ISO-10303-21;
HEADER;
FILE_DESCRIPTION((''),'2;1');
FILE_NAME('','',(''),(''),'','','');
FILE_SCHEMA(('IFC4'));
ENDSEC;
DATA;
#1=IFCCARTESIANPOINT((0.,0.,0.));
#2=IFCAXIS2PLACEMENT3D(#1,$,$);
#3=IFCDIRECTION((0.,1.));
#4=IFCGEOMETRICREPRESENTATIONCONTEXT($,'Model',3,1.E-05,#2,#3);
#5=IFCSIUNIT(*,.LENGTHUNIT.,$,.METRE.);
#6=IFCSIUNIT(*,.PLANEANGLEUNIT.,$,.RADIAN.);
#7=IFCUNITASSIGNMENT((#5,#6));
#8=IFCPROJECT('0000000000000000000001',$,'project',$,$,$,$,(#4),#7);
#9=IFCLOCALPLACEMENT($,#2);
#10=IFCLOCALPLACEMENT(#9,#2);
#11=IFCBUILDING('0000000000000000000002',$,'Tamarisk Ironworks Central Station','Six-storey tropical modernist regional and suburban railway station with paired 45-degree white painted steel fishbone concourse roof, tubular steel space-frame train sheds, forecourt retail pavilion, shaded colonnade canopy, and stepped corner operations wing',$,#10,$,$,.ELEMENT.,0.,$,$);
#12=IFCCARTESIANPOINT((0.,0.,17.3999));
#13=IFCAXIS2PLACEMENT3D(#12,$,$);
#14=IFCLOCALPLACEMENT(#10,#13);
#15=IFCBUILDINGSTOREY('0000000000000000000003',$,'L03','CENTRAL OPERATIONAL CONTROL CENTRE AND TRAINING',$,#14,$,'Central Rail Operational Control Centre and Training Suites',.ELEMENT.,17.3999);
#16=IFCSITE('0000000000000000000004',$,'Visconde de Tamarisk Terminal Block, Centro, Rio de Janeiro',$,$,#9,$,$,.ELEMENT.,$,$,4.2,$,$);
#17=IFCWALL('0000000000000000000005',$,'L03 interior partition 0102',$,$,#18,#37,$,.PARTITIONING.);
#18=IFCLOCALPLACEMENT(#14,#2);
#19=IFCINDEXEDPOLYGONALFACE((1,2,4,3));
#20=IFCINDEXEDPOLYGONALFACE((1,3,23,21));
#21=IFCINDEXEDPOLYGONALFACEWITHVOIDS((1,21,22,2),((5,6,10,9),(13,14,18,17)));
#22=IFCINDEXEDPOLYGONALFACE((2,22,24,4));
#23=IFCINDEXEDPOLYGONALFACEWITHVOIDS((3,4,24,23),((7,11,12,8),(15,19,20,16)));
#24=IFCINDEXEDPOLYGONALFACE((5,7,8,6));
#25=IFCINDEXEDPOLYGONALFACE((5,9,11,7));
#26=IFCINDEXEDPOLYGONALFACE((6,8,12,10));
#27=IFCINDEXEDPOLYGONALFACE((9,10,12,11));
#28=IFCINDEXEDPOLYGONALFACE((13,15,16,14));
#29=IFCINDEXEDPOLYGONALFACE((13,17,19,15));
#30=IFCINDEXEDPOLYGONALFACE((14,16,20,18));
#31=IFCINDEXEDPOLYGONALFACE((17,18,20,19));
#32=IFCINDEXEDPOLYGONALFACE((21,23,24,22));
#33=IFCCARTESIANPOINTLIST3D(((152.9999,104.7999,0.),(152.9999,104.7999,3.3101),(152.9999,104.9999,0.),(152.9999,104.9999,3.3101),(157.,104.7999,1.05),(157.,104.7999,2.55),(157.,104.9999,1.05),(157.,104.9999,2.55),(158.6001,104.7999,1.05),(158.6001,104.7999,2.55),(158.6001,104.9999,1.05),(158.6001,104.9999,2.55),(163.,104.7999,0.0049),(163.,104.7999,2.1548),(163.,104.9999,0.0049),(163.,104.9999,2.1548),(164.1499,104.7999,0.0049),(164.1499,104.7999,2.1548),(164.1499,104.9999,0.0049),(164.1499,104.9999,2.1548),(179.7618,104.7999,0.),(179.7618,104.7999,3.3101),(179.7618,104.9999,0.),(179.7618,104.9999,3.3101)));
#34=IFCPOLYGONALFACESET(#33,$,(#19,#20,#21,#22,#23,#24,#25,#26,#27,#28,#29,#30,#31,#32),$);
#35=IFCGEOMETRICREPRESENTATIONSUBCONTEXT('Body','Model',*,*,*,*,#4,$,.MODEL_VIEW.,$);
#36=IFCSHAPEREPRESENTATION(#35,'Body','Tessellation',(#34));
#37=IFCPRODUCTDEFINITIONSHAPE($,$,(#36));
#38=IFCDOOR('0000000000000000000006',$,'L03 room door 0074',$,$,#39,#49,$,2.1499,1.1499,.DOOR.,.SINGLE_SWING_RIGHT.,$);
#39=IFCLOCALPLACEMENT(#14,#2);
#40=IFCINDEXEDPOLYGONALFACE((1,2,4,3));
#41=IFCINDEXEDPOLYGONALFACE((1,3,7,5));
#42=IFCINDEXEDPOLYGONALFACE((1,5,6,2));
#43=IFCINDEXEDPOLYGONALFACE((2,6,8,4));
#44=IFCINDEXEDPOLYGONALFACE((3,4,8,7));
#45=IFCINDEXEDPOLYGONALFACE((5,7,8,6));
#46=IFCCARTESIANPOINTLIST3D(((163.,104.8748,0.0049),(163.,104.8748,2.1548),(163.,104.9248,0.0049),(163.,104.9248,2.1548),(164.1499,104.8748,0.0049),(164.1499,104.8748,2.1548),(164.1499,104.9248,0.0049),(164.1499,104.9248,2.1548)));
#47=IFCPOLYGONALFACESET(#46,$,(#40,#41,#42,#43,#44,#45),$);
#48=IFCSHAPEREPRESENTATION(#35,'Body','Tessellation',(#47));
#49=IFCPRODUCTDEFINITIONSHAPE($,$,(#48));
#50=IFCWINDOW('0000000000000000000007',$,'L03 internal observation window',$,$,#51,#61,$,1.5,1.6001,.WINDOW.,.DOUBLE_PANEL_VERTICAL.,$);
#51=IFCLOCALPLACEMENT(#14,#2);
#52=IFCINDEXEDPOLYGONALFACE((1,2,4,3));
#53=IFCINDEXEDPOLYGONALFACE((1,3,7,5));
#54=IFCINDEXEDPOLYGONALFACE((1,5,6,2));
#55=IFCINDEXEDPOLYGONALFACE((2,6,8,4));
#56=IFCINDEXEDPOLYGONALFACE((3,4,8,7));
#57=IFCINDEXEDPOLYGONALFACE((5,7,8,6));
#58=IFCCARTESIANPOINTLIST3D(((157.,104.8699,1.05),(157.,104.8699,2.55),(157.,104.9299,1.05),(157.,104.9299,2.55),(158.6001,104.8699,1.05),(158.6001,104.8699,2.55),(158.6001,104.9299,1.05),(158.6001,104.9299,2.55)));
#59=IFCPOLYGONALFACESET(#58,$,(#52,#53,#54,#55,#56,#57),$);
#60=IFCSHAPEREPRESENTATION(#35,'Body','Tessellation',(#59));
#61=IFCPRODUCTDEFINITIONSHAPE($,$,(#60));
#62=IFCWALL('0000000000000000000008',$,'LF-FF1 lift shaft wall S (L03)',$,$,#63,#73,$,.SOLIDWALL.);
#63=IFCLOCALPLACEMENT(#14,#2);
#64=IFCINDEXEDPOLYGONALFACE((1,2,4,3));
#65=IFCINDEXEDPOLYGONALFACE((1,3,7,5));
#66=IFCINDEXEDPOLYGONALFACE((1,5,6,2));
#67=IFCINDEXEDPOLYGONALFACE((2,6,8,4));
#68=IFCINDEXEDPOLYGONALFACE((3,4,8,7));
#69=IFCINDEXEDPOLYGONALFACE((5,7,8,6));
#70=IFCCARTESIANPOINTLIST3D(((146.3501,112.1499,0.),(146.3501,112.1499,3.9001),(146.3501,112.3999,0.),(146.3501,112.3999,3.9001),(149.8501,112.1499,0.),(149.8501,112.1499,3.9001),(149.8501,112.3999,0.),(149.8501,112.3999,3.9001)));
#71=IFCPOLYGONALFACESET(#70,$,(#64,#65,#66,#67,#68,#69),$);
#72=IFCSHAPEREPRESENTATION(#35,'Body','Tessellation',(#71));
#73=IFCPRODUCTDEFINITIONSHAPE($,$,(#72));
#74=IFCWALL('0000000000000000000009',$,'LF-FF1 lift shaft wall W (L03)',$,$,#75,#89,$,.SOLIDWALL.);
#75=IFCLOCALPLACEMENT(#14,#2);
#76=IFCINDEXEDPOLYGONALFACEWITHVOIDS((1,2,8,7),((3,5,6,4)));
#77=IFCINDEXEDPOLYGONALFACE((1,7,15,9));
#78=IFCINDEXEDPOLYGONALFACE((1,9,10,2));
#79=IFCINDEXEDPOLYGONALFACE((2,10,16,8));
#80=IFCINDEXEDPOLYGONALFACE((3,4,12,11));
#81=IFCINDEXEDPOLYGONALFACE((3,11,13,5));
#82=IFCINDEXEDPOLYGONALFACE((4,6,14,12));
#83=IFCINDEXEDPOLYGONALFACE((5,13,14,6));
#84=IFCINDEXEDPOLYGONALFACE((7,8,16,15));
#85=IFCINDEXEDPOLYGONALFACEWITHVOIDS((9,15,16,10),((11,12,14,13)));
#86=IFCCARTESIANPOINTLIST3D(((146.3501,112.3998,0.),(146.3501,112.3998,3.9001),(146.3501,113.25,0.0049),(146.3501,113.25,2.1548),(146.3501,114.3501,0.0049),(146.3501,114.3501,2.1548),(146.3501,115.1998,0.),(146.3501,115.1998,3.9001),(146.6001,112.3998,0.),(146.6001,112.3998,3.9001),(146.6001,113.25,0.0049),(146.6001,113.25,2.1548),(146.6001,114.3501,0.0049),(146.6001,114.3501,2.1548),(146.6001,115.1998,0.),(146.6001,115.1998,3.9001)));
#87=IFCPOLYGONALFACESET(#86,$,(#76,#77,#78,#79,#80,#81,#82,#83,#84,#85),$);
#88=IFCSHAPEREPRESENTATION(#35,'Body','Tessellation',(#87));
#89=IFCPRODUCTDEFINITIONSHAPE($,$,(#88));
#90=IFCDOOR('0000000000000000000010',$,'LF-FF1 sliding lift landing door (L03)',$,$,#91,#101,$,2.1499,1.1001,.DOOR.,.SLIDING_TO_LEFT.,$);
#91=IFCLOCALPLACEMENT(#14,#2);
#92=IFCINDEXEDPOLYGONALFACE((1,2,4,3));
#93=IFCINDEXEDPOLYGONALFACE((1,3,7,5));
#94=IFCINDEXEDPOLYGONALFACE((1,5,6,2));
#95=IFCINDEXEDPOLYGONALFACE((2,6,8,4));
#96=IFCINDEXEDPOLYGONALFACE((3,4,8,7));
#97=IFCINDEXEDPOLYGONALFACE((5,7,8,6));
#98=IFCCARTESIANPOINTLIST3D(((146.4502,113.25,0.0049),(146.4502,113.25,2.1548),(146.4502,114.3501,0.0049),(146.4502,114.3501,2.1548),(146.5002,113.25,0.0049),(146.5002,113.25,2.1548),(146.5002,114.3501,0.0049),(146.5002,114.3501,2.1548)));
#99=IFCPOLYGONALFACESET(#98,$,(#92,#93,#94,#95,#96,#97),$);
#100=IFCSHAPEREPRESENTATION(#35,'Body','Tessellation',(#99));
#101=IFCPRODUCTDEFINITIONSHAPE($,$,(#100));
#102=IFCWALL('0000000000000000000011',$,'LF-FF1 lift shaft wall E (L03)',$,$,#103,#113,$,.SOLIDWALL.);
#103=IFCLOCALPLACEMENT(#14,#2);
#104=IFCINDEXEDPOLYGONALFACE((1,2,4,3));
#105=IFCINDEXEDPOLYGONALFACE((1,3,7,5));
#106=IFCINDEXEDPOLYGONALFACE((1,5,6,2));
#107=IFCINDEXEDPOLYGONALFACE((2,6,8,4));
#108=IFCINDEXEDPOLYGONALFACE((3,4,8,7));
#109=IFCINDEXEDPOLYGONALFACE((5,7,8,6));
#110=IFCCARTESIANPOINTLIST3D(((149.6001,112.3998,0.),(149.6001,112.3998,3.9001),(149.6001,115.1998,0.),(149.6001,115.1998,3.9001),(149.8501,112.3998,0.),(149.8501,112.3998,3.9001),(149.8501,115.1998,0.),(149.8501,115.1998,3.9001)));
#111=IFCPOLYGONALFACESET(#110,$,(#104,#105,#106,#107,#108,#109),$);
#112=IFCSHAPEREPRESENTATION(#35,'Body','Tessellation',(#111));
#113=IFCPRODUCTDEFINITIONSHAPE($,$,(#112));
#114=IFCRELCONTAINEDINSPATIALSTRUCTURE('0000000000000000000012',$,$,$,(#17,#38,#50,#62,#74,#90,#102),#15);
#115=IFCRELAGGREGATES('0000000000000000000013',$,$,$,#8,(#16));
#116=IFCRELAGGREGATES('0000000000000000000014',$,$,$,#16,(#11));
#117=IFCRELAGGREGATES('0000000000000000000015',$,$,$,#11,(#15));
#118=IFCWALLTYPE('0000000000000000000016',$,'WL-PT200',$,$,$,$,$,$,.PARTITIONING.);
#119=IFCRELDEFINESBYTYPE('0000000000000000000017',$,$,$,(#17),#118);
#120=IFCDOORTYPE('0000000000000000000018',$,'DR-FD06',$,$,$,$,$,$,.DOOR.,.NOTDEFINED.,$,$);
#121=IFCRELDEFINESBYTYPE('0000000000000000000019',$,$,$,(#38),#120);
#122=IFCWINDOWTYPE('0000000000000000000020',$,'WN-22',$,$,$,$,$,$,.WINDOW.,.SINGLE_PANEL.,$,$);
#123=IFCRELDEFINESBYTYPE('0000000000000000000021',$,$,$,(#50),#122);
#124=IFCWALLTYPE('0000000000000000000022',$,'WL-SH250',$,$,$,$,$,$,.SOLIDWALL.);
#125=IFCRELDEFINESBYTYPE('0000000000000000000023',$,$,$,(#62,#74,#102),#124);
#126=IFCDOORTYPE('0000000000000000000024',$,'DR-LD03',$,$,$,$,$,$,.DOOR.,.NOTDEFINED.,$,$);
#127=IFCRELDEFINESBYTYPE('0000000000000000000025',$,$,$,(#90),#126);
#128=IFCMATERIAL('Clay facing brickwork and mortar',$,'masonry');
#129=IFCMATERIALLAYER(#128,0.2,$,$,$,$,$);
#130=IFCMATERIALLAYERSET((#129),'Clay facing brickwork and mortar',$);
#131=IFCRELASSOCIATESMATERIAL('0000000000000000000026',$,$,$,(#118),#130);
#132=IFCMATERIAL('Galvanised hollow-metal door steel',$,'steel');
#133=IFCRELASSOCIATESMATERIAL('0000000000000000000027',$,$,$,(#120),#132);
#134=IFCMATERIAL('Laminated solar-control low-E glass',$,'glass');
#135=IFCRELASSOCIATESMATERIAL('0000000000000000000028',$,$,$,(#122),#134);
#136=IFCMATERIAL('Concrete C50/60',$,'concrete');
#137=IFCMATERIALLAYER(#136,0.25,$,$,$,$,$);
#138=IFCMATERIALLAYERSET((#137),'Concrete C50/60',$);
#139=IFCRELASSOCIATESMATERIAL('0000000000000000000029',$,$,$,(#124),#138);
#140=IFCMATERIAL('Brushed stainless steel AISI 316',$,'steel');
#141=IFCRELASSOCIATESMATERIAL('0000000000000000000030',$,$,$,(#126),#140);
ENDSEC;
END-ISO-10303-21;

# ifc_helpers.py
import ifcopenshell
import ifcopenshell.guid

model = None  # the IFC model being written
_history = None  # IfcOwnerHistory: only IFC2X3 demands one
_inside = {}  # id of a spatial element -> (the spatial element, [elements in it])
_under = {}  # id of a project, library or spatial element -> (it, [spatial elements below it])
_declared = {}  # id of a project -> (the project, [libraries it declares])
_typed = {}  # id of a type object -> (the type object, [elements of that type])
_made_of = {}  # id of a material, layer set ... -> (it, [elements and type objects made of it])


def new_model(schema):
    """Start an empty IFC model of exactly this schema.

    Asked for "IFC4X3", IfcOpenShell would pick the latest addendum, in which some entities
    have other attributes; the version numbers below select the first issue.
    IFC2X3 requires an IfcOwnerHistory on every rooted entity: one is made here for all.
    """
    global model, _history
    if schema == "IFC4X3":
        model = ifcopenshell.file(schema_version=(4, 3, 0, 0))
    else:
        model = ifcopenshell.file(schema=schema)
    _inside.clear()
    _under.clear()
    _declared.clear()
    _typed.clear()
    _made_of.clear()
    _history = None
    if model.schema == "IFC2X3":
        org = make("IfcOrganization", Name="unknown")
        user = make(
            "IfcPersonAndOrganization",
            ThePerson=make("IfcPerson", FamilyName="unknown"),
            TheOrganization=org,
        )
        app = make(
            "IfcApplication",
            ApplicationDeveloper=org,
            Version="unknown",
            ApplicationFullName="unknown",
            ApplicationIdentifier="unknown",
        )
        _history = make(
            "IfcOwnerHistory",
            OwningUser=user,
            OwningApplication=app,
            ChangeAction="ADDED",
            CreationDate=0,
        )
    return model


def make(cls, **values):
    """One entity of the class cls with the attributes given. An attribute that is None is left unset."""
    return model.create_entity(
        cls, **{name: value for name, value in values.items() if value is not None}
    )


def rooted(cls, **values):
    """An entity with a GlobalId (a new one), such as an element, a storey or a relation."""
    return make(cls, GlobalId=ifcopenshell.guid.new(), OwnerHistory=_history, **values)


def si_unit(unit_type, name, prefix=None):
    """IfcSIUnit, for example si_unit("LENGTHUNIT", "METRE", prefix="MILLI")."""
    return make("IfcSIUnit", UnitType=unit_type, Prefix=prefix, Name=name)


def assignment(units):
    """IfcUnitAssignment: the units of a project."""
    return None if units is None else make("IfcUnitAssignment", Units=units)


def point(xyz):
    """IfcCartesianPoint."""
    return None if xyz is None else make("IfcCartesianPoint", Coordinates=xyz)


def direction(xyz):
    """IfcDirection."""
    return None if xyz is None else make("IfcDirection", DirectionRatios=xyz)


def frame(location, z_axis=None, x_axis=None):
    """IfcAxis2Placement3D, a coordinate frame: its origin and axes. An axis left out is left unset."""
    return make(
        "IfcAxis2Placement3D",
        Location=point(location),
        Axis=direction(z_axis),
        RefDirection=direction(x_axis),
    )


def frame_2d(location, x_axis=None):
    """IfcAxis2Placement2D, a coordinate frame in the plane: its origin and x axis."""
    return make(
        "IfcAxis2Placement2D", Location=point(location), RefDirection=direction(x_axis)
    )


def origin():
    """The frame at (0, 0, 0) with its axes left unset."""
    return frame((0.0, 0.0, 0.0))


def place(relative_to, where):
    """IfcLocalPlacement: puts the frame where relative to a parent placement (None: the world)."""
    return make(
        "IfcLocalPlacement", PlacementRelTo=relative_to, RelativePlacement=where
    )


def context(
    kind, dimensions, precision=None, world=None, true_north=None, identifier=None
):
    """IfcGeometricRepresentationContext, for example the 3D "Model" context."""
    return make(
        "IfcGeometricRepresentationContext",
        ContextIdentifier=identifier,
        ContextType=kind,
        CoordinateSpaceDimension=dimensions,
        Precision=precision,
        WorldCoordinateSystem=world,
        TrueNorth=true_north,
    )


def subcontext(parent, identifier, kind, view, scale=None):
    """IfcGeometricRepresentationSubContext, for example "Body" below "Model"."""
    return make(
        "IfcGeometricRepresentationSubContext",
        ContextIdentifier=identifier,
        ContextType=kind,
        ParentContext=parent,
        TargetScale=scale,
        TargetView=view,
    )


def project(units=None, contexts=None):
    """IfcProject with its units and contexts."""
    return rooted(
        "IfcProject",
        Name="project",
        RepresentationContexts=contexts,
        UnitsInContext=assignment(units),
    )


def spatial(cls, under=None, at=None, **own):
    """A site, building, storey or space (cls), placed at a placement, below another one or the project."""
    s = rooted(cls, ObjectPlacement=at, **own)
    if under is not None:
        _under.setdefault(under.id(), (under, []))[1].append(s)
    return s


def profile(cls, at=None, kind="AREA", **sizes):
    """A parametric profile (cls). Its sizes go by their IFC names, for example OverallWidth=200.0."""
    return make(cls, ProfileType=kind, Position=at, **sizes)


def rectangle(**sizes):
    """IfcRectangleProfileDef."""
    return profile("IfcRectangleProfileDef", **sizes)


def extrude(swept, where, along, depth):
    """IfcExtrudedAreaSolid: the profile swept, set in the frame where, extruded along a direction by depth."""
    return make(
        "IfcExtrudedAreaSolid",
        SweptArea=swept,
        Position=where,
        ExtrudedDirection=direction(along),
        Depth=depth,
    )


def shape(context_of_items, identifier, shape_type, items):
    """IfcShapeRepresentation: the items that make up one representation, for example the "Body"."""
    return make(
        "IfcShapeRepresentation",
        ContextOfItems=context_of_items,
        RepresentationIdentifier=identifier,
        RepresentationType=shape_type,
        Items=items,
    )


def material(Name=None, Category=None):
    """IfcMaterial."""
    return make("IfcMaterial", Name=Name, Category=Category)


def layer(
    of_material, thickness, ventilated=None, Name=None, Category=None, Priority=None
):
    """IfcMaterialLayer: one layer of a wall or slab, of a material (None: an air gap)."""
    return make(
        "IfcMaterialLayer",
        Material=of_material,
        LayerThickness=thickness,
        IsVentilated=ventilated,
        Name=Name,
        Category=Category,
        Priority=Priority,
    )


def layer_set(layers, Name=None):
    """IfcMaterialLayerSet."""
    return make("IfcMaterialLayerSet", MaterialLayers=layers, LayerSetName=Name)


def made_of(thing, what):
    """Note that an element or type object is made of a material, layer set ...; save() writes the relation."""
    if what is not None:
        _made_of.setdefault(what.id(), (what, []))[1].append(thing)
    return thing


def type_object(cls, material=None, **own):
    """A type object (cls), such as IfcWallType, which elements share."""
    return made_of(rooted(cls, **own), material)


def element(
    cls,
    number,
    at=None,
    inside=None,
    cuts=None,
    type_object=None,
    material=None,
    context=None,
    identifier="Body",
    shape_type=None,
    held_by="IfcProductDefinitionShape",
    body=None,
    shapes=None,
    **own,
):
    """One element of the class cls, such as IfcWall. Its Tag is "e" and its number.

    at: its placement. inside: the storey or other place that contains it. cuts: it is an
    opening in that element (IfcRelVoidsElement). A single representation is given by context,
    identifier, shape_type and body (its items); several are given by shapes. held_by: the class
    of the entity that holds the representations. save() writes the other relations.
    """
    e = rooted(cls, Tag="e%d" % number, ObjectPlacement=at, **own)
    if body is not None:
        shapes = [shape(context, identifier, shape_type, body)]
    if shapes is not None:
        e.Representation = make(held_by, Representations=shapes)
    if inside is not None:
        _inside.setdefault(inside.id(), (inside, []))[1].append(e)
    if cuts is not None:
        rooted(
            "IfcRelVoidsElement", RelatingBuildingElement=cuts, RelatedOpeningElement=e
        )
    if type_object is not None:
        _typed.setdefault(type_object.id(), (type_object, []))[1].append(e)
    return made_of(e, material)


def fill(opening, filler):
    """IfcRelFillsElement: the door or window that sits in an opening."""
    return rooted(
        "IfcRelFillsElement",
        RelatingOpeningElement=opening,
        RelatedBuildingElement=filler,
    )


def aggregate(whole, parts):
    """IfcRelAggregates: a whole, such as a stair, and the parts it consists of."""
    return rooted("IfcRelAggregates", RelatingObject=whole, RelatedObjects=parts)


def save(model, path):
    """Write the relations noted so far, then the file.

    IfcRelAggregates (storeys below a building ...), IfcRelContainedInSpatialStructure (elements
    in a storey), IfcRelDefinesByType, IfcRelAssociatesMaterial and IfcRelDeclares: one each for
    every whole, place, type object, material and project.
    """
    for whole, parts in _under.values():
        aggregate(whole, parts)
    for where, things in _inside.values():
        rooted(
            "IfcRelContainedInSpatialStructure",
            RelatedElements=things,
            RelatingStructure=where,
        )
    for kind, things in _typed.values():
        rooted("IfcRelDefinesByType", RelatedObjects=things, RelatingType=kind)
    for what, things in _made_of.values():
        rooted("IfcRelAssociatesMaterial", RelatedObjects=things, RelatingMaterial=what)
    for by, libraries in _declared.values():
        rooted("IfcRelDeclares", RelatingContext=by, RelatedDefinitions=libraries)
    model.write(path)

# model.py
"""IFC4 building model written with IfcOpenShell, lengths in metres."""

from ifc_helpers import new_model, si_unit, direction, frame, frame_2d, origin, place, context, subcontext, project, spatial, rectangle, extrude, material, layer, layer_set, type_object, element, fill, save


model = new_model("IFC4")

# Units and contexts
model_context = context("Model", 3, precision=1e-05, world=origin(), true_north=direction((0.0, 1.0)))
body_context = subcontext(model_context, "Body", "Model", "MODEL_VIEW")
ifc_project = project(units=[si_unit("LENGTHUNIT", "METRE"), si_unit("PLANEANGLEUNIT", "RADIAN")], contexts=[model_context])

# Site, building, storey
site_placement = place(None, origin())
site = spatial("IfcSite", under=ifc_project, at=site_placement, Name="Visconde de Tamarisk Terminal Block, Centro, Rio de Janeiro", CompositionType="ELEMENT", RefElevation=4.2)
building_placement = place(site_placement, origin())
building = spatial("IfcBuilding", under=site, at=building_placement, Name="Tamarisk Ironworks Central Station", Description="Six-storey tropical modernist regional and suburban railway station with paired 45-degree white painted steel fishbone concourse roof, tubular steel space-frame train sheds, forecourt retail pavilion, shaded colonnade canopy, and stepped corner operations wing", CompositionType="ELEMENT", ElevationOfRefHeight=0.0)
storey_placement = place(building_placement, frame((0.0, 0.0, 17.3999)))
storey = spatial("IfcBuildingStorey", under=building, at=storey_placement, Name="L03", Description="CENTRAL OPERATIONAL CONTROL CENTRE AND TRAINING", LongName="Central Rail Operational Control Centre and Training Suites", CompositionType="ELEMENT", Elevation=17.3999)

# Shared definitions
ifc_material_1 = material(Name="Clay facing brickwork and mortar", Category="masonry")
ifc_layer_1 = layer(ifc_material_1, 0.2)
ifc_layer_set_1 = layer_set([ifc_layer_1], Name="Clay facing brickwork and mortar")
wall_type_1 = type_object("IfcWallType", Name="WL-PT200", PredefinedType="PARTITIONING", material=ifc_layer_set_1)
ifc_material_2 = material(Name="Galvanised hollow-metal door steel", Category="steel")

# Wall, openings, door, window
wall_1_placement = place(storey_placement, frame((153.0, 104.8999, 0.0), z_axis=(0.0, 0.0, 1.0), x_axis=(1.0, 0.0, 0.0)))
wall_1 = element("IfcWall", 1, at=wall_1_placement, inside=storey, type_object=wall_type_1, Name="L03 interior partition 0102", PredefinedType="PARTITIONING", context=body_context, shape_type="SweptSolid", body=[
    extrude(rectangle(XDim=26.762, YDim=0.2, at=frame_2d((13.3809, 0.0))), origin(), (0.0, 0.0, 1.0), 3.3101),
])
opening_1_placement = place(wall_1_placement, frame((10.0, 0.0, 0.0049)))
opening_1 = element("IfcOpeningElement", 2, at=opening_1_placement, cuts=wall_1, PredefinedType="OPENING", context=body_context, shape_type="SweptSolid", body=[
    extrude(rectangle(XDim=1.1499, YDim=2.1499, at=frame_2d((0.575, 1.075))), frame((0.0, 0.1118, 0.0), z_axis=(0.0, -1.0, 0.0), x_axis=(1.0, 0.0, 0.0)), (0.0, 0.0, 1.0), 0.2239),
])
opening_2_placement = place(wall_1_placement, frame((4.0, 0.0, 1.05)))
opening_2 = element("IfcOpeningElement", 3, at=opening_2_placement, cuts=wall_1, PredefinedType="OPENING", context=body_context, shape_type="SweptSolid", body=[
    extrude(rectangle(XDim=1.6001, YDim=1.5, at=frame_2d((0.8, 0.75))), frame((0.0, 0.1118, 0.0), z_axis=(0.0, -1.0, 0.0), x_axis=(1.0, 0.0, 0.0)), (0.0, 0.0, 1.0), 0.2239),
])
door_type_1 = type_object("IfcDoorType", Name="DR-FD06", OperationType="NOTDEFINED", PredefinedType="DOOR", material=ifc_material_2)
door_1_placement = place(opening_1_placement, origin())
door_1 = element("IfcDoor", 4, at=door_1_placement, inside=storey, type_object=door_type_1, Name="L03 room door 0074", OperationType="SINGLE_SWING_RIGHT", OverallHeight=2.1499, OverallWidth=1.1499, PredefinedType="DOOR", context=body_context, shape_type="SweptSolid", body=[
    extrude(rectangle(XDim=1.1499, YDim=2.1499, at=frame_2d((0.575, 1.075))), frame((0.0, 0.0249, 0.0), z_axis=(0.0, -1.0, 0.0), x_axis=(1.0, 0.0, 0.0)), (0.0, 0.0, 1.0), 0.05),
])
fill(opening_1, door_1)
ifc_material_3 = material(Name="Laminated solar-control low-E glass", Category="glass")
window_type = type_object("IfcWindowType", Name="WN-22", PartitioningType="SINGLE_PANEL", PredefinedType="WINDOW", material=ifc_material_3)
window_placement = place(opening_2_placement, origin())
window = element("IfcWindow", 5, at=window_placement, inside=storey, type_object=window_type, Name="L03 internal observation window", OverallHeight=1.5, OverallWidth=1.6001, PartitioningType="DOUBLE_PANEL_VERTICAL", PredefinedType="WINDOW", context=body_context, shape_type="SweptSolid", body=[
    extrude(rectangle(XDim=1.6001, YDim=1.5, at=frame_2d((0.8, 0.75))), frame((0.0, 0.03, 0.0), z_axis=(0.0, -1.0, 0.0), x_axis=(1.0, 0.0, 0.0)), (0.0, 0.0, 1.0), 0.0601),
])
fill(opening_2, window)

# Wall
ifc_material_4 = material(Name="Concrete C50/60", Category="concrete")
ifc_layer_2 = layer(ifc_material_4, 0.25)
ifc_layer_set_2 = layer_set([ifc_layer_2], Name="Concrete C50/60")
wall_type_2 = type_object("IfcWallType", Name="WL-SH250", PredefinedType="SOLIDWALL", material=ifc_layer_set_2)
wall_2_placement = place(storey_placement, frame((146.3501, 112.2749, 0.0), z_axis=(0.0, 0.0, 1.0), x_axis=(1.0, 0.0, 0.0)))
element("IfcWall", 6, at=wall_2_placement, inside=storey, type_object=wall_type_2, Name="LF-FF1 lift shaft wall S (L03)", PredefinedType="SOLIDWALL", context=body_context, shape_type="SweptSolid", body=[
    extrude(rectangle(XDim=3.5, YDim=0.25, at=frame_2d((1.75, 0.0))), origin(), (0.0, 0.0, 1.0), 3.9001),
])

# Wall, opening, door
wall_3_placement = place(storey_placement, frame((146.4751, 112.3999, 0.0), z_axis=(0.0, 0.0, 1.0), x_axis=(0.0, 1.0, 0.0)))
wall_3 = element("IfcWall", 7, at=wall_3_placement, inside=storey, type_object=wall_type_2, Name="LF-FF1 lift shaft wall W (L03)", PredefinedType="SOLIDWALL", context=body_context, shape_type="SweptSolid", body=[
    extrude(rectangle(XDim=2.8, YDim=0.25, at=frame_2d((1.3999, 0.0))), origin(), (0.0, 0.0, 1.0), 3.9001),
])
opening_3_placement = place(wall_3_placement, frame((0.8501, 0.0, 0.0049)))
opening_3 = element("IfcOpeningElement", 8, at=opening_3_placement, cuts=wall_3, PredefinedType="OPENING", context=body_context, shape_type="SweptSolid", body=[
    extrude(rectangle(XDim=1.1001, YDim=2.1499, at=frame_2d((0.55, 1.075))), frame((0.0, 0.137, 0.0), z_axis=(0.0, -1.0, 0.0), x_axis=(1.0, 0.0, 0.0)), (0.0, 0.0, 1.0), 0.2739),
])
ifc_material_5 = material(Name="Brushed stainless steel AISI 316", Category="steel")
door_type_2 = type_object("IfcDoorType", Name="DR-LD03", OperationType="NOTDEFINED", PredefinedType="DOOR", material=ifc_material_5)
door_2_placement = place(opening_3_placement, origin())
door_2 = element("IfcDoor", 9, at=door_2_placement, inside=storey, type_object=door_type_2, Name="LF-FF1 sliding lift landing door (L03)", OperationType="SLIDING_TO_LEFT", OverallHeight=2.1499, OverallWidth=1.1001, PredefinedType="DOOR", context=body_context, shape_type="SweptSolid", body=[
    extrude(rectangle(XDim=1.1001, YDim=2.1499, at=frame_2d((0.55, 1.075))), frame((0.0, 0.0249, 0.0), z_axis=(0.0, -1.0, 0.0), x_axis=(1.0, 0.0, 0.0)), (0.0, 0.0, 1.0), 0.05),
])
fill(opening_3, door_2)

# Wall
wall_4_placement = place(storey_placement, frame((149.7251, 112.3999, 0.0), z_axis=(0.0, 0.0, 1.0), x_axis=(0.0, 1.0, 0.0)))
element("IfcWall", 10, at=wall_4_placement, inside=storey, type_object=wall_type_2, Name="LF-FF1 lift shaft wall E (L03)", PredefinedType="SOLIDWALL", context=body_context, shape_type="SweptSolid", body=[
    extrude(rectangle(XDim=2.8, YDim=0.25, at=frame_2d((1.3999, 0.0))), origin(), (0.0, 0.0, 1.0), 3.9001),
])

save(model, "model.ifc")
